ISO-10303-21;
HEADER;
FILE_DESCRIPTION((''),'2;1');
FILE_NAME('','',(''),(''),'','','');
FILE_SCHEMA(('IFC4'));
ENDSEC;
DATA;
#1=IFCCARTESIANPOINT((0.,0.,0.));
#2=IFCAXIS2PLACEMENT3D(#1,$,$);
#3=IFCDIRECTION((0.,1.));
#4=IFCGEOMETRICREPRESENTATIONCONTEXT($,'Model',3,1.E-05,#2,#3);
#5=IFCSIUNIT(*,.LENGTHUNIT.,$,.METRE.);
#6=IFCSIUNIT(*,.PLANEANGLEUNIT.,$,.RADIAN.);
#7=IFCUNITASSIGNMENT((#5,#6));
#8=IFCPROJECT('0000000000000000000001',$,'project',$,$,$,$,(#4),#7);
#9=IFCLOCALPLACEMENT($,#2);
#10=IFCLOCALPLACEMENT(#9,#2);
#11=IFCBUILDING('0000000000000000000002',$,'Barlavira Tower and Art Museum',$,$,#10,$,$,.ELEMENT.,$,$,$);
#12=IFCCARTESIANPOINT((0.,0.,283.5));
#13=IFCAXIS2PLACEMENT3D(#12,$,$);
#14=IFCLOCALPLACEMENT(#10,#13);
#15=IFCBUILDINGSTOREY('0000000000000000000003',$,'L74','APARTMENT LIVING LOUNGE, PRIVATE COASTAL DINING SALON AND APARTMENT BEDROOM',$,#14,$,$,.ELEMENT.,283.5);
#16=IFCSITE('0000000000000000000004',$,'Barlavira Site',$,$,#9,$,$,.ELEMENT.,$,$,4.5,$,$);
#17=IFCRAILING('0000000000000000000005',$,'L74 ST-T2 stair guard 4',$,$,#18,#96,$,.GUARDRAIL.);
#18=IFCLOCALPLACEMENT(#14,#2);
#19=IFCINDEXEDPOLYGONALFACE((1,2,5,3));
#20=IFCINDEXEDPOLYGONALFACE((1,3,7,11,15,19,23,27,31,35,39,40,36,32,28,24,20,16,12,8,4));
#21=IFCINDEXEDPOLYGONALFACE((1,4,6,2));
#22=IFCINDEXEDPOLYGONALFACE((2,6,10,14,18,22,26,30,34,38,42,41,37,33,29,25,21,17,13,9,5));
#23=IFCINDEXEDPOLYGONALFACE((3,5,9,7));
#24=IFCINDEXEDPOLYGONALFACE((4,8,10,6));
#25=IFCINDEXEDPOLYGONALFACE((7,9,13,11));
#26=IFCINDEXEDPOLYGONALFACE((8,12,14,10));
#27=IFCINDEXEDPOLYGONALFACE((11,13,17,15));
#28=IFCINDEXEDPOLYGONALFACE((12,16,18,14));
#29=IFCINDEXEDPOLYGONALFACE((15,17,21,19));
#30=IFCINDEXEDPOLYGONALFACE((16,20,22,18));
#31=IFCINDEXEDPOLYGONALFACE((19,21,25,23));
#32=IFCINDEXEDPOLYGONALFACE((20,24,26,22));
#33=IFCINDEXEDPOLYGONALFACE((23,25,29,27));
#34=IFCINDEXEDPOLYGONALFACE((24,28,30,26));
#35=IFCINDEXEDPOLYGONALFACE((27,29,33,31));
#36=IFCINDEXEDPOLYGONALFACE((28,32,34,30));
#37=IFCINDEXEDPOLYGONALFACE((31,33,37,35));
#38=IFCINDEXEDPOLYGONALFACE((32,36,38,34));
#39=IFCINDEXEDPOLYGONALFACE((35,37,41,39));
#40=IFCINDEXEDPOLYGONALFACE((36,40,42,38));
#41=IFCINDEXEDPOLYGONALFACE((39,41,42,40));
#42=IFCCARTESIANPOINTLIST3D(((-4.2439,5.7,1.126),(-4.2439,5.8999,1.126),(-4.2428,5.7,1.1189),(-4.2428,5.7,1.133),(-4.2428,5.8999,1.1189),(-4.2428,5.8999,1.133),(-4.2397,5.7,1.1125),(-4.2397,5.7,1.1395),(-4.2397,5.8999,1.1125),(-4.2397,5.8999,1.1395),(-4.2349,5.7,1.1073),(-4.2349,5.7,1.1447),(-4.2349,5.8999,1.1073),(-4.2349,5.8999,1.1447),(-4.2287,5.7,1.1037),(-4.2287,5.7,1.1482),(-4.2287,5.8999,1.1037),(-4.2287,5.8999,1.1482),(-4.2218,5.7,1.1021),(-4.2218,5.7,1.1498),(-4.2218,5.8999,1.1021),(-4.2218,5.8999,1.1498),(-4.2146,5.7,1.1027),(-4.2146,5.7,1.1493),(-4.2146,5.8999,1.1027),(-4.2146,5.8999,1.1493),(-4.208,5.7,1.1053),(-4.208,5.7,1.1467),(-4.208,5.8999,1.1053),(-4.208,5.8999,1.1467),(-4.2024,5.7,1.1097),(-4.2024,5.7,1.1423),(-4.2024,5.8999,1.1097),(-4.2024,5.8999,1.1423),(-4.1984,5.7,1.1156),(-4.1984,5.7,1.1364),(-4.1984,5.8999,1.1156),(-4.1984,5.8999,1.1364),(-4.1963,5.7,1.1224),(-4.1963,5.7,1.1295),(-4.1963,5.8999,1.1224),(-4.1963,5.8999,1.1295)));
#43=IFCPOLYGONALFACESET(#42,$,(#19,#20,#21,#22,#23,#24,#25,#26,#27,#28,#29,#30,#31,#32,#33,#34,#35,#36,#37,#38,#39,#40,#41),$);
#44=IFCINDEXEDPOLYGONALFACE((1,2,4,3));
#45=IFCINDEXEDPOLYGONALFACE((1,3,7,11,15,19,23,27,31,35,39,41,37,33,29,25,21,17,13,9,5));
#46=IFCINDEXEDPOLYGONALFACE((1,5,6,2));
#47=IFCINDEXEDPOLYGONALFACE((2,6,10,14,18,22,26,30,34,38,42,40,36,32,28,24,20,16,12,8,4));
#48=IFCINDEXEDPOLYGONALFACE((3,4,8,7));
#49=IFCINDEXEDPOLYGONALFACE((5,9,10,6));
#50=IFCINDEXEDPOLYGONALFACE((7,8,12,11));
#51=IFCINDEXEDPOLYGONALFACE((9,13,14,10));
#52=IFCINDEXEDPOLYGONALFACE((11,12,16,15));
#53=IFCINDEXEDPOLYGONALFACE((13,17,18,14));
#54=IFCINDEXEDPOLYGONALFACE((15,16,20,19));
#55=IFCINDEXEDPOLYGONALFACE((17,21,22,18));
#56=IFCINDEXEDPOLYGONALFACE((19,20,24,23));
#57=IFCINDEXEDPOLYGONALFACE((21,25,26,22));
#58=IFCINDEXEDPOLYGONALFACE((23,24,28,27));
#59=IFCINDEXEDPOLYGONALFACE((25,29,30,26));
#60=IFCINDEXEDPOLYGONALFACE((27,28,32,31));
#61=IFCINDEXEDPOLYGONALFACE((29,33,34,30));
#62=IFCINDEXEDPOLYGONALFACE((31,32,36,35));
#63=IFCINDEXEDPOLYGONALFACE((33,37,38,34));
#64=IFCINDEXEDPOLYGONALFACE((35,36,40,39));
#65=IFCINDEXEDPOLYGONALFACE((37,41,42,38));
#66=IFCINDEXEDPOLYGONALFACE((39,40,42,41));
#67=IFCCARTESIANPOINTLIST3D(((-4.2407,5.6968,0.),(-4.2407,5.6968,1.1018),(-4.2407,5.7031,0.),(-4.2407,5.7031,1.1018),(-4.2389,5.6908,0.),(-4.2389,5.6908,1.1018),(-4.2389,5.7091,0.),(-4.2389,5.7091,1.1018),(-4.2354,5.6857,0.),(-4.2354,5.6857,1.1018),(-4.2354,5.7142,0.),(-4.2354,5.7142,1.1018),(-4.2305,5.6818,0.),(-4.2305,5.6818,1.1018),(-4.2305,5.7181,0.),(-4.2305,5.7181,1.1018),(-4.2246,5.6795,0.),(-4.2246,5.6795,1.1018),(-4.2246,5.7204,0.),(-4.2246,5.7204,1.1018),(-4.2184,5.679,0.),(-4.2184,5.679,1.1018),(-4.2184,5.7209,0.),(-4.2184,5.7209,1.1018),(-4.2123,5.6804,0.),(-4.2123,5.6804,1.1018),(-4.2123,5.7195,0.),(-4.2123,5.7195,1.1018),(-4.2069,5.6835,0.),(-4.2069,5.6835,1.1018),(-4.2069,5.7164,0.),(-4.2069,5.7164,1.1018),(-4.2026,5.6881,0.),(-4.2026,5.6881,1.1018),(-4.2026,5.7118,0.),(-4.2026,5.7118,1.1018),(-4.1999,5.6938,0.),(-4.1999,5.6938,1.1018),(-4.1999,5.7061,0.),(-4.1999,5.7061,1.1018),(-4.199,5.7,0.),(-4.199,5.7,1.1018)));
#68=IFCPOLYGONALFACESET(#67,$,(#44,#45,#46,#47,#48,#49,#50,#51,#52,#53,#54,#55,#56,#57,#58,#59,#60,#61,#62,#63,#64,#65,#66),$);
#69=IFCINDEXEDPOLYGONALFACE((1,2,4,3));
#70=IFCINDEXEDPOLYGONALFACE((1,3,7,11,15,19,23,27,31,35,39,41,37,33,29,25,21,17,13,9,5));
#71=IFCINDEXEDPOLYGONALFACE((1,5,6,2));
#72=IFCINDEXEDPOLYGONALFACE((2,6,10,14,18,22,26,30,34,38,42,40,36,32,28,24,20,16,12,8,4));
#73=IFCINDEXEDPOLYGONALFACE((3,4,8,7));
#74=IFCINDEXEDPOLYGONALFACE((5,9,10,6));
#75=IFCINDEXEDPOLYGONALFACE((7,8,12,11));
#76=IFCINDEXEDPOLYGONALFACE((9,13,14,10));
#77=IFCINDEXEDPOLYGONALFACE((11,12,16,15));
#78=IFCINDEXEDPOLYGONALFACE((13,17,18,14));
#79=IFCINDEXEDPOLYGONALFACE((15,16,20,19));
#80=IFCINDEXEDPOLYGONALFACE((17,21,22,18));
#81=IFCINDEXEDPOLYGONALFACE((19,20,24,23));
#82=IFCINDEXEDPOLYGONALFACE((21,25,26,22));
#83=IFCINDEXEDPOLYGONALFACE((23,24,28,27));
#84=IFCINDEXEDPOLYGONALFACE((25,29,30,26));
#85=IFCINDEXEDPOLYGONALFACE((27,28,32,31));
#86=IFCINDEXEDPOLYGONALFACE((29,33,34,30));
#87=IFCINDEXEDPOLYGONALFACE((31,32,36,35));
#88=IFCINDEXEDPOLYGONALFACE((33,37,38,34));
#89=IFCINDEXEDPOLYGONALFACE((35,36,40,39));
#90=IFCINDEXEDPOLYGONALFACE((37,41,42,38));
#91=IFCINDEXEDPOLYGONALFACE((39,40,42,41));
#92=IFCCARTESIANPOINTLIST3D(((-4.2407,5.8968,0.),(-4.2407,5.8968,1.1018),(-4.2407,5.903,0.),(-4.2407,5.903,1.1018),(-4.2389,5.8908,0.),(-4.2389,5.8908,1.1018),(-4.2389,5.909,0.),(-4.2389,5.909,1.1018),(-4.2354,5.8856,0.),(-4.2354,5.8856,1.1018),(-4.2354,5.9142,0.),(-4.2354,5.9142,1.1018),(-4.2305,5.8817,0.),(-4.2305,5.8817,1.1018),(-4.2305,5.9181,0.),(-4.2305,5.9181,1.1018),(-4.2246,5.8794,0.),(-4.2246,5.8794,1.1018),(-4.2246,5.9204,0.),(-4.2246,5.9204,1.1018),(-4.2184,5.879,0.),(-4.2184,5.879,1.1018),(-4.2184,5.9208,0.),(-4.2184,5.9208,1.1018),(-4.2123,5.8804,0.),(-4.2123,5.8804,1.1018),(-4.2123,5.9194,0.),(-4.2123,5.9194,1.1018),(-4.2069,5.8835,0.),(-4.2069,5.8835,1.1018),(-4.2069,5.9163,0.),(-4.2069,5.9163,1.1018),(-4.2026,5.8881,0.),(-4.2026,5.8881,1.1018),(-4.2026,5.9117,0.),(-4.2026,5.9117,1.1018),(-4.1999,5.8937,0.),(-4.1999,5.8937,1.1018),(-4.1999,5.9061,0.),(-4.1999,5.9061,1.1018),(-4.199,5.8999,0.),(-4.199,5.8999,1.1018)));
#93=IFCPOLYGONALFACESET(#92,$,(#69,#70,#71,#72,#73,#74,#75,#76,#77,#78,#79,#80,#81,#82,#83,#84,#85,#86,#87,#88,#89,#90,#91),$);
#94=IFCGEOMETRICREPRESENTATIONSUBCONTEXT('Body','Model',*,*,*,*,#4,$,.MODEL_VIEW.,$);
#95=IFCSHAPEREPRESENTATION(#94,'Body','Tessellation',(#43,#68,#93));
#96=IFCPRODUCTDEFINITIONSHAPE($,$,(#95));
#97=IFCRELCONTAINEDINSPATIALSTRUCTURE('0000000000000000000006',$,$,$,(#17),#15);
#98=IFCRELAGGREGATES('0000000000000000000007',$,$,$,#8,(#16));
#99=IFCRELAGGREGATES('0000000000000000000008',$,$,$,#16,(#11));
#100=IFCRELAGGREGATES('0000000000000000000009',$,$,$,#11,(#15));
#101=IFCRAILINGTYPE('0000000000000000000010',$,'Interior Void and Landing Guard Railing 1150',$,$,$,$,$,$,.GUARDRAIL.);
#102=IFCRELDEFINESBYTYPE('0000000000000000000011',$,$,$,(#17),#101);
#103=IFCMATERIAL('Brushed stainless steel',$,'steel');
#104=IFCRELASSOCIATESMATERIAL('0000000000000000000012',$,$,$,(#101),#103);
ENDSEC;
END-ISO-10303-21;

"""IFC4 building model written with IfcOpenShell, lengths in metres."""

from ifc_helpers import new_model, si_unit, direction, frame, origin, origin_2d, place, context, subcontext, project, spatial, circle, extrude, material, type_object, element, save


model = new_model("IFC4")

# Units and contexts
model_context = context("Model", 3, precision=1e-05, world=origin(), true_north=direction((0.0, 1.0)))
body_context = subcontext(model_context, "Body", "Model", "MODEL_VIEW")
ifc_project = project(units=[si_unit("LENGTHUNIT", "METRE"), si_unit("PLANEANGLEUNIT", "RADIAN")], contexts=[model_context])

# Site, building, storey
site_placement = place(None, origin())
site = spatial("IfcSite", under=ifc_project, at=site_placement, Name="Barlavira Site", CompositionType="ELEMENT", RefElevation=4.5)
building_placement = place(site_placement, origin())
building = spatial("IfcBuilding", under=site, at=building_placement, Name="Barlavira Tower and Art Museum", CompositionType="ELEMENT")
storey_placement = place(building_placement, frame((0.0, 0.0, 283.5)))
storey = spatial("IfcBuildingStorey", under=building, at=storey_placement, Name="L74", Description="APARTMENT LIVING LOUNGE, PRIVATE COASTAL DINING SALON AND APARTMENT BEDROOM", CompositionType="ELEMENT", Elevation=283.5)

# Shared definitions
ifc_material_1 = material(Name="Brushed stainless steel", Category="steel")

# Railing
railing_type_1 = type_object("IfcRailingType", Name="Interior Void and Landing Guard Railing 1150", PredefinedType="GUARDRAIL", material=ifc_material_1)
railing_1_placement = place(storey_placement, frame((-4.22, 5.7, 0.0)))
element("IfcRailing", 1, at=railing_1_placement, inside=storey, type_object=railing_type_1, Name="L74 ST-T2 stair guard 4", PredefinedType="GUARDRAIL", context=body_context, shape_type="SweptSolid", body=[
    extrude(circle(Radius=0.0239, at=origin_2d()), frame((0.0, 0.0, 1.126), z_axis=(0.0, 1.0, 0.0), x_axis=(-1.0, 0.0, 0.0)), (0.0, 0.0, 1.0), 0.2),
    extrude(circle(Radius=0.021, at=origin_2d()), origin(), (0.0, 0.0, 1.0), 1.1018),
    extrude(circle(Radius=0.021, at=origin_2d()), frame((0.0, 0.2, 0.0)), (0.0, 0.0, 1.0), 1.1018),
])

save(model, "model.ifc")
